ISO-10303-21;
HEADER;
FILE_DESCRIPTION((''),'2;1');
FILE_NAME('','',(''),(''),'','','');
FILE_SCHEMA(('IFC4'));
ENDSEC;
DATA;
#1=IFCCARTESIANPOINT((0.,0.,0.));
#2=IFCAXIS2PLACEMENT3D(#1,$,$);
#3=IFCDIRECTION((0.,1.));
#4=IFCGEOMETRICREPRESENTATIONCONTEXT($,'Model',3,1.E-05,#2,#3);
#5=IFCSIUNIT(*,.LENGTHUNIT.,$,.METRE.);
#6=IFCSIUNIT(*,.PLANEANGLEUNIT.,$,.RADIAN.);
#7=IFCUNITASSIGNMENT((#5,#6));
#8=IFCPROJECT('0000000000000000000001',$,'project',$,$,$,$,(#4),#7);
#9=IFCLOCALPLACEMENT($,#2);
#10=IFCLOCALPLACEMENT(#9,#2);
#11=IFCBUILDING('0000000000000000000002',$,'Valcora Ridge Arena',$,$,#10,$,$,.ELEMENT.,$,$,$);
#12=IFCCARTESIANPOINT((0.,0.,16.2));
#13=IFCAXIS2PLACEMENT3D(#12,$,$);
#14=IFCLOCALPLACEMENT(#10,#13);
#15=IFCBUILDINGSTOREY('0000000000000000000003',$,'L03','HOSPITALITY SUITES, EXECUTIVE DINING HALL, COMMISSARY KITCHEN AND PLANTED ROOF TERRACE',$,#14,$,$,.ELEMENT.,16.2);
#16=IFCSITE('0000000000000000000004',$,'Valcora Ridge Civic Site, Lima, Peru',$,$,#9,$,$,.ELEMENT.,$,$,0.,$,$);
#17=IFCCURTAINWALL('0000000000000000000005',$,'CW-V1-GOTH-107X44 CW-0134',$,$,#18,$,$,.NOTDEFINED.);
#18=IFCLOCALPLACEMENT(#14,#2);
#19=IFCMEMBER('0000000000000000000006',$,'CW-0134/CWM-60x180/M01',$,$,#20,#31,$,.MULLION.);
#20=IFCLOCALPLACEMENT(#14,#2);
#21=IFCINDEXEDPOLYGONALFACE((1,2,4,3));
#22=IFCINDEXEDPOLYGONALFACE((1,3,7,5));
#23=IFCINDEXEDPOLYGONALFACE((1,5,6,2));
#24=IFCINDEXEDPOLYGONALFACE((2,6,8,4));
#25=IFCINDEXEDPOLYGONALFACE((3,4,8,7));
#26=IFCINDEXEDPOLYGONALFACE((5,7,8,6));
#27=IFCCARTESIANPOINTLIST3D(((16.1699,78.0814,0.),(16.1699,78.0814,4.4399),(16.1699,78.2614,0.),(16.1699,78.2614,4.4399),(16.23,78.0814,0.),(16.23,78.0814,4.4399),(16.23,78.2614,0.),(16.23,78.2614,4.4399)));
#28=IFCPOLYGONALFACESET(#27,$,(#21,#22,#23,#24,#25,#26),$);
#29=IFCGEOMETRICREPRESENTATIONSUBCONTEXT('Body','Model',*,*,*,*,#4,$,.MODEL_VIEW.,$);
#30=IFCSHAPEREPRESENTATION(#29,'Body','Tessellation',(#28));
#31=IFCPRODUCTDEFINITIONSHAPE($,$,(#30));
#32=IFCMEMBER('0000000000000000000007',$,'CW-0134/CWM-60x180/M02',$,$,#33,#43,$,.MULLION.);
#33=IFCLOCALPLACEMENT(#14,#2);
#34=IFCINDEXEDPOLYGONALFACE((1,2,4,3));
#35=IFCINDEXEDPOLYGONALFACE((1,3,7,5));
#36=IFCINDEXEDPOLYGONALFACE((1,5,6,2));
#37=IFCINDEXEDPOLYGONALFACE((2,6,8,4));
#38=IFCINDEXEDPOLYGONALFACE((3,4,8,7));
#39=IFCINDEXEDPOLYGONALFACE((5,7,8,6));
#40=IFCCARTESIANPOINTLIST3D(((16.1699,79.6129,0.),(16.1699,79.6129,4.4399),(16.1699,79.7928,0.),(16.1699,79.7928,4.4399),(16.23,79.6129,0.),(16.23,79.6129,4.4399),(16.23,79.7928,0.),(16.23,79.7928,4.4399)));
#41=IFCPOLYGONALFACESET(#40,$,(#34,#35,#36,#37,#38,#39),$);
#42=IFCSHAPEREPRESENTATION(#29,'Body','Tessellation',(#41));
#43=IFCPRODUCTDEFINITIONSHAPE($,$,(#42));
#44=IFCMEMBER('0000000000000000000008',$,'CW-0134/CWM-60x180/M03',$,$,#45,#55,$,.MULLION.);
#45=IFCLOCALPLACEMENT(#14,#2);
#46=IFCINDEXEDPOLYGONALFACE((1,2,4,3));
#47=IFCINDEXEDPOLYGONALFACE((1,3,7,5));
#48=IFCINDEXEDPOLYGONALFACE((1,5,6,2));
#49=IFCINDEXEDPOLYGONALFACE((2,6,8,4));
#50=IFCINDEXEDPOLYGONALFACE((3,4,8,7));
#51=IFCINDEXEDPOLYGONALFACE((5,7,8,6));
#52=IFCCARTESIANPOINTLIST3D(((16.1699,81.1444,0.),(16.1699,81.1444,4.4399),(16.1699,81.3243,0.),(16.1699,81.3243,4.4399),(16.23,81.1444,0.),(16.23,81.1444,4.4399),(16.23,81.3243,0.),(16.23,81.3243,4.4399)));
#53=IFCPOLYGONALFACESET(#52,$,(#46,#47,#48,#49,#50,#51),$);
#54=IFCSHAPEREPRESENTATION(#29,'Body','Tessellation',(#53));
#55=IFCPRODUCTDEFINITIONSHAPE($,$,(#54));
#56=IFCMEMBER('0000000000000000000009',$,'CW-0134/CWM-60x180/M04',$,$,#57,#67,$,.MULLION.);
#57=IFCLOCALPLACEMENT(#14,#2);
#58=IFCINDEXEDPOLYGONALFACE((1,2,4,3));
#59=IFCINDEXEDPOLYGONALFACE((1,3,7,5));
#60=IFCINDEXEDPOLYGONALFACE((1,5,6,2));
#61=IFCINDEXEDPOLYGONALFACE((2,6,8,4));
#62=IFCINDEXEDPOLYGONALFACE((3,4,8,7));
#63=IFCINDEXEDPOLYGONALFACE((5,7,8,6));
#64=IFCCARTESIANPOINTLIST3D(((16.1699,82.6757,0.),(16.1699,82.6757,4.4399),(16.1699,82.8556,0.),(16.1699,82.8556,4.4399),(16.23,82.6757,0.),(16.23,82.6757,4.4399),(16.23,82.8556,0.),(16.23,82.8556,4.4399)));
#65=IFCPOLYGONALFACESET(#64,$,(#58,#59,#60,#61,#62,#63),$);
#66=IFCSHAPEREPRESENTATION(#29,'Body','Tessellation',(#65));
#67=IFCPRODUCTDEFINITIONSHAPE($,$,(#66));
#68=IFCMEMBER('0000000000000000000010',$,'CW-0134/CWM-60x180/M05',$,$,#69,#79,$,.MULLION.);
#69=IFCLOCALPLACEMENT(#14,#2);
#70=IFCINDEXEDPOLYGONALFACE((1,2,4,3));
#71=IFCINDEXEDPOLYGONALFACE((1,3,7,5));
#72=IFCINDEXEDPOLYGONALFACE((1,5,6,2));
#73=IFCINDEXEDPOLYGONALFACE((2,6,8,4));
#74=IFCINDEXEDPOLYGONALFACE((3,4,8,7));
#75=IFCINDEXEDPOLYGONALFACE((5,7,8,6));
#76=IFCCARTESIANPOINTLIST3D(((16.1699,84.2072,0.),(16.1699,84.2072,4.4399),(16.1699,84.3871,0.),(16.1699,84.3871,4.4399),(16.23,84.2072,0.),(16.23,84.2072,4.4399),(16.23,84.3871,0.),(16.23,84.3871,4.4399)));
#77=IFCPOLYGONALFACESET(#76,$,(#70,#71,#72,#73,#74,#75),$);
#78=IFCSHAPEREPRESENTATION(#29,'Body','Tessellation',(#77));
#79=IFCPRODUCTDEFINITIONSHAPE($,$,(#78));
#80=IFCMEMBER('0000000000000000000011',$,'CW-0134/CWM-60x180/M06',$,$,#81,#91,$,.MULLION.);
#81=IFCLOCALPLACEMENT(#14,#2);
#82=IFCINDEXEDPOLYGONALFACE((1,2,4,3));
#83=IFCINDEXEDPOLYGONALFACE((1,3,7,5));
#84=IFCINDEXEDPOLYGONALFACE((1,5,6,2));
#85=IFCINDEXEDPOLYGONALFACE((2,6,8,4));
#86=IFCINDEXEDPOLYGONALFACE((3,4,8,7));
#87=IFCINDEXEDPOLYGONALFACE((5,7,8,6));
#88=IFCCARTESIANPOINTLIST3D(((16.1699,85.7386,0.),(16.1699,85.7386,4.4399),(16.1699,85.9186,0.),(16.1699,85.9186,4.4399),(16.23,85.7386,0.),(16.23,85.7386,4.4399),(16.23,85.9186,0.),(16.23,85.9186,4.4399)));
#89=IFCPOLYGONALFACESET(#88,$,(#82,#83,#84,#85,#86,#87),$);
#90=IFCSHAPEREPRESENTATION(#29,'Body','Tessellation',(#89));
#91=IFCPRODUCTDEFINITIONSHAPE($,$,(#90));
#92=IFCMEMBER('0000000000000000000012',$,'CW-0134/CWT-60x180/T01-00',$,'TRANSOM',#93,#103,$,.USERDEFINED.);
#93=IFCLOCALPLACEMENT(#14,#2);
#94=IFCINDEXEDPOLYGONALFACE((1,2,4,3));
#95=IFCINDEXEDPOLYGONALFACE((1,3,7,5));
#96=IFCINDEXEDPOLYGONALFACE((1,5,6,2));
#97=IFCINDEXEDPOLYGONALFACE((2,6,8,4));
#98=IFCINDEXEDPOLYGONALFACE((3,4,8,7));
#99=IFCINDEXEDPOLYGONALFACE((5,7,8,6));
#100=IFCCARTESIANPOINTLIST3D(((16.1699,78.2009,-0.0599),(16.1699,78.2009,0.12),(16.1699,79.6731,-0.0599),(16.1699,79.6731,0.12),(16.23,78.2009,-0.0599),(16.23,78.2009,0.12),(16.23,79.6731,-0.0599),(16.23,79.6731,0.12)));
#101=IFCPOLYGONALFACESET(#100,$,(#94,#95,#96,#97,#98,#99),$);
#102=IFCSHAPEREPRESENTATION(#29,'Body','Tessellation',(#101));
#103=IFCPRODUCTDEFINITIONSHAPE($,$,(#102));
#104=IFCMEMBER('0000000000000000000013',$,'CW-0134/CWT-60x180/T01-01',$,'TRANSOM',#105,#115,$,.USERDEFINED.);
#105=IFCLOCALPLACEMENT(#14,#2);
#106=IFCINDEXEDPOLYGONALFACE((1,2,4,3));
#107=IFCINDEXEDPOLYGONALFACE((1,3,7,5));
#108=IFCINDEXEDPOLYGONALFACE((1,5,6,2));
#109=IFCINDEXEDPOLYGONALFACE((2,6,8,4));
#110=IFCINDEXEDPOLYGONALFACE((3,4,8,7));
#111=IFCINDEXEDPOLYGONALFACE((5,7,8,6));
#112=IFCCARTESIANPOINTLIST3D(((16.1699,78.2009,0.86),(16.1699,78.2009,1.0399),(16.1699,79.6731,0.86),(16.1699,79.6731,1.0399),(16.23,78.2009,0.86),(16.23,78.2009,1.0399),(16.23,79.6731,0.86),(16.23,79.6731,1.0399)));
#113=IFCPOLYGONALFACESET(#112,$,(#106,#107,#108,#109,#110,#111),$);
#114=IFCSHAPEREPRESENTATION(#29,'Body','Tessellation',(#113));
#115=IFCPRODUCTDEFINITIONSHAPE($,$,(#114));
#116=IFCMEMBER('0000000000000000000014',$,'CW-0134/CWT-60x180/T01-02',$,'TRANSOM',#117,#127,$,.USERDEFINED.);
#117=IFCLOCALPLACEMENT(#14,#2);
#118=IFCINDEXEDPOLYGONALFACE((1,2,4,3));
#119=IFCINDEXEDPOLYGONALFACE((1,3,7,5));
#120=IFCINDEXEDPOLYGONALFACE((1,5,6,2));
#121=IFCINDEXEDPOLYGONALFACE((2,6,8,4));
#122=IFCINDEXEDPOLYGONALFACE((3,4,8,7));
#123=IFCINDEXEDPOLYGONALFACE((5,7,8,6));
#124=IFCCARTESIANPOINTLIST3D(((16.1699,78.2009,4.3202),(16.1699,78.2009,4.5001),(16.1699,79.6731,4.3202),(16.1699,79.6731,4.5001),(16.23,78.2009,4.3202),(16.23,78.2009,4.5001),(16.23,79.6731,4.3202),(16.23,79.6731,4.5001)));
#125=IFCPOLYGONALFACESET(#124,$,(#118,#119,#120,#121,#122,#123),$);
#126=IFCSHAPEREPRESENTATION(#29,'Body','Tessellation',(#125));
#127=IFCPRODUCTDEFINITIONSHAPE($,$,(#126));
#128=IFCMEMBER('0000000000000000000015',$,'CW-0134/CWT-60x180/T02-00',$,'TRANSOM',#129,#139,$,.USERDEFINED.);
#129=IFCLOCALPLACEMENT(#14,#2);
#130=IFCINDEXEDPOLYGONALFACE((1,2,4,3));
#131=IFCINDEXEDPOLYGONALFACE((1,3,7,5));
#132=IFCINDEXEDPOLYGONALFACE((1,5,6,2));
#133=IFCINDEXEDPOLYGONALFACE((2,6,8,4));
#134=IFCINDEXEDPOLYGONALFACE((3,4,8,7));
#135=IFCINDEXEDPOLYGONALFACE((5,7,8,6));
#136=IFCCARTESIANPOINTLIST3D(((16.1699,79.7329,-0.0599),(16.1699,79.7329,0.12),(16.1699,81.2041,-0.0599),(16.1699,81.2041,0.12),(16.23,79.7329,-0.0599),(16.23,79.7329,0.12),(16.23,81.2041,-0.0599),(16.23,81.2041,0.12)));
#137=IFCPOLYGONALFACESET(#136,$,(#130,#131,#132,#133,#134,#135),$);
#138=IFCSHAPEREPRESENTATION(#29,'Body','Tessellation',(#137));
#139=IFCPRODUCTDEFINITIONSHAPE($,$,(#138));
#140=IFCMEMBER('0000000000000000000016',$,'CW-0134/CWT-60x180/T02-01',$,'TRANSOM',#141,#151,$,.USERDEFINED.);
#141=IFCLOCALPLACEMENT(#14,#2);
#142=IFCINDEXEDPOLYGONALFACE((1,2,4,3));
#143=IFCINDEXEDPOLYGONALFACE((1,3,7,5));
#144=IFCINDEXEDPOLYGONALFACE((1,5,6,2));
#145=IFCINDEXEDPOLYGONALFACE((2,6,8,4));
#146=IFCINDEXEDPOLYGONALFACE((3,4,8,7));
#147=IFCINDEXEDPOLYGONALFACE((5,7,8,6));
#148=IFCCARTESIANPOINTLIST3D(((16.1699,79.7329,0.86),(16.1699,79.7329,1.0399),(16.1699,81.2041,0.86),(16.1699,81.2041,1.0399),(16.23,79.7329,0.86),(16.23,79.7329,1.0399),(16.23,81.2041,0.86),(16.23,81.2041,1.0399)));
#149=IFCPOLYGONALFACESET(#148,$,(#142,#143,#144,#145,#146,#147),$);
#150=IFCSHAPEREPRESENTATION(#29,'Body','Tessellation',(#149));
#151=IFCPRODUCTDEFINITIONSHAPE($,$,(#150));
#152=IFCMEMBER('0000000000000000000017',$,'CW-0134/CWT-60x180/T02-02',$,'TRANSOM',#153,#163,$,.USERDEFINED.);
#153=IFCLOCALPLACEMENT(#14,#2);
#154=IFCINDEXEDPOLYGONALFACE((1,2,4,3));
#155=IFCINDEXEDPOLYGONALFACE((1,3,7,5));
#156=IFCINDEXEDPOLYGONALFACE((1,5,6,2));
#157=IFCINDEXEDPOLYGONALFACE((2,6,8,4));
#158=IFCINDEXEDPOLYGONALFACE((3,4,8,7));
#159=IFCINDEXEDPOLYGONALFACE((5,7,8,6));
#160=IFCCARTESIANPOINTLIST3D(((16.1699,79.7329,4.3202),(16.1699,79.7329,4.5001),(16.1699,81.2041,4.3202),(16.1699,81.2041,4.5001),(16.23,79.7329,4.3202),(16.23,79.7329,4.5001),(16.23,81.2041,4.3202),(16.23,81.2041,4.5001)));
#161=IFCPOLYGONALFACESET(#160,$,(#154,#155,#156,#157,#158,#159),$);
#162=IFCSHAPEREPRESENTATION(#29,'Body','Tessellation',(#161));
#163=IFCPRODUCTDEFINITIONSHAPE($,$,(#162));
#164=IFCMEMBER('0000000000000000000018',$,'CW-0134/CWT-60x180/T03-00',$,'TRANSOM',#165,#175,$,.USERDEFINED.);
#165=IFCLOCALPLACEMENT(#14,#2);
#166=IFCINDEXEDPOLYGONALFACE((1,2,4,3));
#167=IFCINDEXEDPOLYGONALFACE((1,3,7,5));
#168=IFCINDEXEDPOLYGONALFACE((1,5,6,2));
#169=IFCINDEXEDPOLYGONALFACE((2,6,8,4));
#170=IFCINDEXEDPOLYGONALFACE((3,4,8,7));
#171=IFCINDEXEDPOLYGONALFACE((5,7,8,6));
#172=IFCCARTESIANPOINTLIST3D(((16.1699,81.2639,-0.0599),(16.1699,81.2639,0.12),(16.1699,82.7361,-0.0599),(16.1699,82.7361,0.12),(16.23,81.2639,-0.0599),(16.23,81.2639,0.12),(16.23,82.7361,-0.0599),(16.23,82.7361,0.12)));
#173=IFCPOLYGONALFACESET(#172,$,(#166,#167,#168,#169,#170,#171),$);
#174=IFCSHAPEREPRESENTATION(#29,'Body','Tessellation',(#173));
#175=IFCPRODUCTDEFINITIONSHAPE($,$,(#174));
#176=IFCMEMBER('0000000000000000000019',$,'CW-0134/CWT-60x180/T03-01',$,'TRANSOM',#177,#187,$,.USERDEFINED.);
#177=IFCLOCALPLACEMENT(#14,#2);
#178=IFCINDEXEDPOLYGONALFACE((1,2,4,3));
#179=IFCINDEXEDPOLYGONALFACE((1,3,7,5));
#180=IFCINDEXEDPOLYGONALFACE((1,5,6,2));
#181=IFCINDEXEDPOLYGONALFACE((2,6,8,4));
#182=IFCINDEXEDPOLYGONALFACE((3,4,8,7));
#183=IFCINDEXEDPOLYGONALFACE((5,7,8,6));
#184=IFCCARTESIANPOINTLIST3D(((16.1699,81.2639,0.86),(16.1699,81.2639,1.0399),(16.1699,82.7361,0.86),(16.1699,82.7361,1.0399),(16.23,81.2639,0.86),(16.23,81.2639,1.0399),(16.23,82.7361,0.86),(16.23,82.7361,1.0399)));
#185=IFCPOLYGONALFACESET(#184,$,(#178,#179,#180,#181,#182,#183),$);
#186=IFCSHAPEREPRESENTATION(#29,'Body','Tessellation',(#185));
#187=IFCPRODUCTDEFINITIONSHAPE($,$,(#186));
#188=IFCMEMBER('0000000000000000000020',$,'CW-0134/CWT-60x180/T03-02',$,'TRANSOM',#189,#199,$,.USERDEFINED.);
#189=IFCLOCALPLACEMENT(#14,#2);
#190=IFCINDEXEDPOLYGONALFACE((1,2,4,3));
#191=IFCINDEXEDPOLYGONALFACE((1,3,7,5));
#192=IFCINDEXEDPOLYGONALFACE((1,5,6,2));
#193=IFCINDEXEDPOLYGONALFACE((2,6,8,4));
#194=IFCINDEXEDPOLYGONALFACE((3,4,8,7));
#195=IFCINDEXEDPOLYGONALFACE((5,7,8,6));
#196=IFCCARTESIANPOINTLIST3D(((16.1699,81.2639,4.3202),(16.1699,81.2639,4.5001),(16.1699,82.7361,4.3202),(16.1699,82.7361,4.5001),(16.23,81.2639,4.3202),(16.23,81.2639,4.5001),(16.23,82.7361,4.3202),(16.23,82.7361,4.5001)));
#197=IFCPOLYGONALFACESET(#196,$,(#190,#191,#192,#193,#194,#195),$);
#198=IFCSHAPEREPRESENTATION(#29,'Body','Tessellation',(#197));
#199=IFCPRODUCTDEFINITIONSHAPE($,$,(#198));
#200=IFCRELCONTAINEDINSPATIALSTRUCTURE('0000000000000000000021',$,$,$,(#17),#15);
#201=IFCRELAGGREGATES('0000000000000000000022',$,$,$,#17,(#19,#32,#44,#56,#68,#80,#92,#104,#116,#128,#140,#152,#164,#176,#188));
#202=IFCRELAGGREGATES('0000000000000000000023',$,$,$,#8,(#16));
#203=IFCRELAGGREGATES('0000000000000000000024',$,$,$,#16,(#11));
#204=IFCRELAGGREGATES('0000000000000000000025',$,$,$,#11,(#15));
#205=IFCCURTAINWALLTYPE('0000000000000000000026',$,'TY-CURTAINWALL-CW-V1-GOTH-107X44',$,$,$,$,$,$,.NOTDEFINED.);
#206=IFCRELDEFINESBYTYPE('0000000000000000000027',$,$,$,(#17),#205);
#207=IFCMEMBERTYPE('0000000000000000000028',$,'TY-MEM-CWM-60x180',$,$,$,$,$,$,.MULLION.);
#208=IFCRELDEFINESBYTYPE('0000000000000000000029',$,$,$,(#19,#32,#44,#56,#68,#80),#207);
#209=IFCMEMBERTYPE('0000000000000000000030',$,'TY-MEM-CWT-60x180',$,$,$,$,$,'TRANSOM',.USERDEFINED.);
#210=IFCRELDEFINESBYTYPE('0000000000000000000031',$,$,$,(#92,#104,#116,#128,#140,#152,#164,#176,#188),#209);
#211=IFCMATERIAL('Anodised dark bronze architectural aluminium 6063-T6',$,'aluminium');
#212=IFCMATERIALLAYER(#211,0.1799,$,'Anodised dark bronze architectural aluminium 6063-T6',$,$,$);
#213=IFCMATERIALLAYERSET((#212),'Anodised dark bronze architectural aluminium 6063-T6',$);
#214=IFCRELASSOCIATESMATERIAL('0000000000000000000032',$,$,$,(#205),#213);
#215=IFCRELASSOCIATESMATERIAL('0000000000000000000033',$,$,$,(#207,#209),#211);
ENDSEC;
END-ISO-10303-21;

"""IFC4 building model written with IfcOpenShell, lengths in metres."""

from ifc_helpers import new_model, si_unit, direction, frame, origin, origin_2d, place, context, subcontext, project, spatial, rectangle, extrude, material, layer, layer_set, material_profile, profile_set, type_object, element, aggregate, save


model = new_model("IFC4")

# Units and contexts
model_context = context("Model", 3, precision=1e-05, world=origin(), true_north=direction((0.0, 1.0)))
body_context = subcontext(model_context, "Body", "Model", "MODEL_VIEW")
ifc_project = project(units=[si_unit("LENGTHUNIT", "METRE"), si_unit("PLANEANGLEUNIT", "RADIAN")], contexts=[model_context])

# Site, building, storey
site_placement = place(None, origin())
site = spatial("IfcSite", under=ifc_project, at=site_placement, Name="Valcora Ridge Civic Site, Lima, Peru", CompositionType="ELEMENT", RefElevation=0.0)
building_placement = place(site_placement, origin())
building = spatial("IfcBuilding", under=site, at=building_placement, Name="Valcora Ridge Arena", CompositionType="ELEMENT")
storey_placement = place(building_placement, frame((0.0, 0.0, 16.2)))
storey = spatial("IfcBuildingStorey", under=building, at=storey_placement, Name="L03", Description="HOSPITALITY SUITES, EXECUTIVE DINING HALL, COMMISSARY KITCHEN AND PLANTED ROOF TERRACE", CompositionType="ELEMENT", Elevation=16.2)

# Curtain wall, members
ifc_material_1 = material(Name="Anodised dark bronze architectural aluminium 6063-T6", Category="aluminium")
ifc_layer_1 = layer(ifc_material_1, 0.1799, Name="Anodised dark bronze architectural aluminium 6063-T6")
ifc_layer_set_1 = layer_set([ifc_layer_1], Name="Anodised dark bronze architectural aluminium 6063-T6")
curtain_wall_type = type_object("IfcCurtainWallType", Name="TY-CURTAINWALL-CW-V1-GOTH-107X44", PredefinedType="NOTDEFINED", material=ifc_layer_set_1)
curtain_wall_placement = place(storey_placement, origin())
curtain_wall = element("IfcCurtainWall", 1, at=curtain_wall_placement, inside=storey, type_object=curtain_wall_type, Name="CW-V1-GOTH-107X44 CW-0134", PredefinedType="NOTDEFINED")
ifc_material_profile_1 = material_profile(ifc_material_1, rectangle(XDim=0.0601, YDim=0.1799, at=origin_2d()), Name="ALU MULLION 60x180")
ifc_profile_set_1 = profile_set([ifc_material_profile_1], Name="Anodised dark bronze architectural aluminium 6063-T6")
member_type_1 = type_object("IfcMemberType", Name="TY-MEM-CWM-60x180", PredefinedType="MULLION", material=ifc_profile_set_1)
member_1_placement = place(storey_placement, frame((16.2, 78.1714, 0.0), z_axis=(0.0, 0.0, 1.0), x_axis=(-1.0, 0.0, 0.0)))
member_1 = element("IfcMember", 2, at=member_1_placement, type_object=member_type_1, Name="CW-0134/CWM-60x180/M01", PredefinedType="MULLION", context=body_context, shape_type="SweptSolid", body=[
    extrude(rectangle(XDim=0.0601, YDim=0.1799, at=origin_2d()), origin(), (0.0, 0.0, 1.0), 4.4399),
])
member_2_placement = place(storey_placement, frame((16.2, 79.7029, 0.0), z_axis=(0.0, 0.0, 1.0), x_axis=(-1.0, 0.0, 0.0)))
member_2 = element("IfcMember", 3, at=member_2_placement, type_object=member_type_1, Name="CW-0134/CWM-60x180/M02", PredefinedType="MULLION", context=body_context, shape_type="SweptSolid", body=[
    extrude(rectangle(XDim=0.0601, YDim=0.1799, at=origin_2d()), origin(), (0.0, 0.0, 1.0), 4.4399),
])
member_3_placement = place(storey_placement, frame((16.2, 81.2344, 0.0), z_axis=(0.0, 0.0, 1.0), x_axis=(-1.0, 0.0, 0.0)))
member_3 = element("IfcMember", 4, at=member_3_placement, type_object=member_type_1, Name="CW-0134/CWM-60x180/M03", PredefinedType="MULLION", context=body_context, shape_type="SweptSolid", body=[
    extrude(rectangle(XDim=0.0601, YDim=0.1799, at=origin_2d()), origin(), (0.0, 0.0, 1.0), 4.4399),
])
member_4_placement = place(storey_placement, frame((16.2, 82.7656, 0.0), z_axis=(0.0, 0.0, 1.0), x_axis=(-1.0, 0.0, 0.0)))
member_4 = element("IfcMember", 5, at=member_4_placement, type_object=member_type_1, Name="CW-0134/CWM-60x180/M04", PredefinedType="MULLION", context=body_context, shape_type="SweptSolid", body=[
    extrude(rectangle(XDim=0.0601, YDim=0.1799, at=origin_2d()), origin(), (0.0, 0.0, 1.0), 4.4399),
])
member_5_placement = place(storey_placement, frame((16.2, 84.2971, 0.0), z_axis=(0.0, 0.0, 1.0), x_axis=(-1.0, 0.0, 0.0)))
member_5 = element("IfcMember", 6, at=member_5_placement, type_object=member_type_1, Name="CW-0134/CWM-60x180/M05", PredefinedType="MULLION", context=body_context, shape_type="SweptSolid", body=[
    extrude(rectangle(XDim=0.0601, YDim=0.1799, at=origin_2d()), origin(), (0.0, 0.0, 1.0), 4.4399),
])
member_6_placement = place(storey_placement, frame((16.2, 85.8286, 0.0), z_axis=(0.0, 0.0, 1.0), x_axis=(-1.0, 0.0, 0.0)))
member_6 = element("IfcMember", 7, at=member_6_placement, type_object=member_type_1, Name="CW-0134/CWM-60x180/M06", PredefinedType="MULLION", context=body_context, shape_type="SweptSolid", body=[
    extrude(rectangle(XDim=0.0601, YDim=0.1799, at=origin_2d()), origin(), (0.0, 0.0, 1.0), 4.4399),
])
ifc_material_profile_2 = material_profile(ifc_material_1, rectangle(XDim=0.0601, YDim=0.1799, at=origin_2d()), Name="ALU TRANSOM 60x180")
ifc_profile_set_2 = profile_set([ifc_material_profile_2], Name="Anodised dark bronze architectural aluminium 6063-T6")
member_type_2 = type_object("IfcMemberType", Name="TY-MEM-CWT-60x180", ElementType="TRANSOM", PredefinedType="USERDEFINED", material=ifc_profile_set_2)
member_7_placement = place(storey_placement, frame((16.2, 78.2009, 0.03), z_axis=(0.0, 1.0, 0.0), x_axis=(-1.0, 0.0, 0.0)))
member_7 = element("IfcMember", 8, at=member_7_placement, type_object=member_type_2, Name="CW-0134/CWT-60x180/T01-00", ObjectType="TRANSOM", PredefinedType="USERDEFINED", context=body_context, shape_type="SweptSolid", body=[
    extrude(rectangle(XDim=0.0601, YDim=0.1799, at=origin_2d()), origin(), (0.0, 0.0, 1.0), 1.4722),
])
member_8_placement = place(storey_placement, frame((16.2, 78.2009, 0.95), z_axis=(0.0, 1.0, 0.0), x_axis=(-1.0, 0.0, 0.0)))
member_8 = element("IfcMember", 9, at=member_8_placement, type_object=member_type_2, Name="CW-0134/CWT-60x180/T01-01", ObjectType="TRANSOM", PredefinedType="USERDEFINED", context=body_context, shape_type="SweptSolid", body=[
    extrude(rectangle(XDim=0.0601, YDim=0.1799, at=origin_2d()), origin(), (0.0, 0.0, 1.0), 1.4722),
])
member_9_placement = place(storey_placement, frame((16.2, 78.2009, 4.4102), z_axis=(0.0, 1.0, 0.0), x_axis=(-1.0, 0.0, 0.0)))
member_9 = element("IfcMember", 10, at=member_9_placement, type_object=member_type_2, Name="CW-0134/CWT-60x180/T01-02", ObjectType="TRANSOM", PredefinedType="USERDEFINED", context=body_context, shape_type="SweptSolid", body=[
    extrude(rectangle(XDim=0.0601, YDim=0.1799, at=origin_2d()), origin(), (0.0, 0.0, 1.0), 1.4722),
])
member_10_placement = place(storey_placement, frame((16.2, 79.7329, 0.03), z_axis=(0.0, 1.0, 0.0), x_axis=(-1.0, 0.0, 0.0)))
member_10 = element("IfcMember", 11, at=member_10_placement, type_object=member_type_2, Name="CW-0134/CWT-60x180/T02-00", ObjectType="TRANSOM", PredefinedType="USERDEFINED", context=body_context, shape_type="SweptSolid", body=[
    extrude(rectangle(XDim=0.0601, YDim=0.1799, at=origin_2d()), origin(), (0.0, 0.0, 1.0), 1.4712),
])
member_11_placement = place(storey_placement, frame((16.2, 79.7329, 0.95), z_axis=(0.0, 1.0, 0.0), x_axis=(-1.0, 0.0, 0.0)))
member_11 = element("IfcMember", 12, at=member_11_placement, type_object=member_type_2, Name="CW-0134/CWT-60x180/T02-01", ObjectType="TRANSOM", PredefinedType="USERDEFINED", context=body_context, shape_type="SweptSolid", body=[
    extrude(rectangle(XDim=0.0601, YDim=0.1799, at=origin_2d()), origin(), (0.0, 0.0, 1.0), 1.4712),
])
member_12_placement = place(storey_placement, frame((16.2, 79.7329, 4.4102), z_axis=(0.0, 1.0, 0.0), x_axis=(-1.0, 0.0, 0.0)))
member_12 = element("IfcMember", 13, at=member_12_placement, type_object=member_type_2, Name="CW-0134/CWT-60x180/T02-02", ObjectType="TRANSOM", PredefinedType="USERDEFINED", context=body_context, shape_type="SweptSolid", body=[
    extrude(rectangle(XDim=0.0601, YDim=0.1799, at=origin_2d()), origin(), (0.0, 0.0, 1.0), 1.4712),
])
member_13_placement = place(storey_placement, frame((16.2, 81.2639, 0.03), z_axis=(0.0, 1.0, 0.0), x_axis=(-1.0, 0.0, 0.0)))
member_13 = element("IfcMember", 14, at=member_13_placement, type_object=member_type_2, Name="CW-0134/CWT-60x180/T03-00", ObjectType="TRANSOM", PredefinedType="USERDEFINED", context=body_context, shape_type="SweptSolid", body=[
    extrude(rectangle(XDim=0.0601, YDim=0.1799, at=origin_2d()), origin(), (0.0, 0.0, 1.0), 1.4722),
])
member_14_placement = place(storey_placement, frame((16.2, 81.2639, 0.95), z_axis=(0.0, 1.0, 0.0), x_axis=(-1.0, 0.0, 0.0)))
member_14 = element("IfcMember", 15, at=member_14_placement, type_object=member_type_2, Name="CW-0134/CWT-60x180/T03-01", ObjectType="TRANSOM", PredefinedType="USERDEFINED", context=body_context, shape_type="SweptSolid", body=[
    extrude(rectangle(XDim=0.0601, YDim=0.1799, at=origin_2d()), origin(), (0.0, 0.0, 1.0), 1.4722),
])
member_15_placement = place(storey_placement, frame((16.2, 81.2639, 4.4102), z_axis=(0.0, 1.0, 0.0), x_axis=(-1.0, 0.0, 0.0)))
member_15 = element("IfcMember", 16, at=member_15_placement, type_object=member_type_2, Name="CW-0134/CWT-60x180/T03-02", ObjectType="TRANSOM", PredefinedType="USERDEFINED", context=body_context, shape_type="SweptSolid", body=[
    extrude(rectangle(XDim=0.0601, YDim=0.1799, at=origin_2d()), origin(), (0.0, 0.0, 1.0), 1.4722),
])
aggregate(curtain_wall, [member_1, member_2, member_3, member_4, member_5, member_6, member_7, member_8, member_9, member_10, member_11, member_12, member_13, member_14, member_15])

save(model, "model.ifc")
